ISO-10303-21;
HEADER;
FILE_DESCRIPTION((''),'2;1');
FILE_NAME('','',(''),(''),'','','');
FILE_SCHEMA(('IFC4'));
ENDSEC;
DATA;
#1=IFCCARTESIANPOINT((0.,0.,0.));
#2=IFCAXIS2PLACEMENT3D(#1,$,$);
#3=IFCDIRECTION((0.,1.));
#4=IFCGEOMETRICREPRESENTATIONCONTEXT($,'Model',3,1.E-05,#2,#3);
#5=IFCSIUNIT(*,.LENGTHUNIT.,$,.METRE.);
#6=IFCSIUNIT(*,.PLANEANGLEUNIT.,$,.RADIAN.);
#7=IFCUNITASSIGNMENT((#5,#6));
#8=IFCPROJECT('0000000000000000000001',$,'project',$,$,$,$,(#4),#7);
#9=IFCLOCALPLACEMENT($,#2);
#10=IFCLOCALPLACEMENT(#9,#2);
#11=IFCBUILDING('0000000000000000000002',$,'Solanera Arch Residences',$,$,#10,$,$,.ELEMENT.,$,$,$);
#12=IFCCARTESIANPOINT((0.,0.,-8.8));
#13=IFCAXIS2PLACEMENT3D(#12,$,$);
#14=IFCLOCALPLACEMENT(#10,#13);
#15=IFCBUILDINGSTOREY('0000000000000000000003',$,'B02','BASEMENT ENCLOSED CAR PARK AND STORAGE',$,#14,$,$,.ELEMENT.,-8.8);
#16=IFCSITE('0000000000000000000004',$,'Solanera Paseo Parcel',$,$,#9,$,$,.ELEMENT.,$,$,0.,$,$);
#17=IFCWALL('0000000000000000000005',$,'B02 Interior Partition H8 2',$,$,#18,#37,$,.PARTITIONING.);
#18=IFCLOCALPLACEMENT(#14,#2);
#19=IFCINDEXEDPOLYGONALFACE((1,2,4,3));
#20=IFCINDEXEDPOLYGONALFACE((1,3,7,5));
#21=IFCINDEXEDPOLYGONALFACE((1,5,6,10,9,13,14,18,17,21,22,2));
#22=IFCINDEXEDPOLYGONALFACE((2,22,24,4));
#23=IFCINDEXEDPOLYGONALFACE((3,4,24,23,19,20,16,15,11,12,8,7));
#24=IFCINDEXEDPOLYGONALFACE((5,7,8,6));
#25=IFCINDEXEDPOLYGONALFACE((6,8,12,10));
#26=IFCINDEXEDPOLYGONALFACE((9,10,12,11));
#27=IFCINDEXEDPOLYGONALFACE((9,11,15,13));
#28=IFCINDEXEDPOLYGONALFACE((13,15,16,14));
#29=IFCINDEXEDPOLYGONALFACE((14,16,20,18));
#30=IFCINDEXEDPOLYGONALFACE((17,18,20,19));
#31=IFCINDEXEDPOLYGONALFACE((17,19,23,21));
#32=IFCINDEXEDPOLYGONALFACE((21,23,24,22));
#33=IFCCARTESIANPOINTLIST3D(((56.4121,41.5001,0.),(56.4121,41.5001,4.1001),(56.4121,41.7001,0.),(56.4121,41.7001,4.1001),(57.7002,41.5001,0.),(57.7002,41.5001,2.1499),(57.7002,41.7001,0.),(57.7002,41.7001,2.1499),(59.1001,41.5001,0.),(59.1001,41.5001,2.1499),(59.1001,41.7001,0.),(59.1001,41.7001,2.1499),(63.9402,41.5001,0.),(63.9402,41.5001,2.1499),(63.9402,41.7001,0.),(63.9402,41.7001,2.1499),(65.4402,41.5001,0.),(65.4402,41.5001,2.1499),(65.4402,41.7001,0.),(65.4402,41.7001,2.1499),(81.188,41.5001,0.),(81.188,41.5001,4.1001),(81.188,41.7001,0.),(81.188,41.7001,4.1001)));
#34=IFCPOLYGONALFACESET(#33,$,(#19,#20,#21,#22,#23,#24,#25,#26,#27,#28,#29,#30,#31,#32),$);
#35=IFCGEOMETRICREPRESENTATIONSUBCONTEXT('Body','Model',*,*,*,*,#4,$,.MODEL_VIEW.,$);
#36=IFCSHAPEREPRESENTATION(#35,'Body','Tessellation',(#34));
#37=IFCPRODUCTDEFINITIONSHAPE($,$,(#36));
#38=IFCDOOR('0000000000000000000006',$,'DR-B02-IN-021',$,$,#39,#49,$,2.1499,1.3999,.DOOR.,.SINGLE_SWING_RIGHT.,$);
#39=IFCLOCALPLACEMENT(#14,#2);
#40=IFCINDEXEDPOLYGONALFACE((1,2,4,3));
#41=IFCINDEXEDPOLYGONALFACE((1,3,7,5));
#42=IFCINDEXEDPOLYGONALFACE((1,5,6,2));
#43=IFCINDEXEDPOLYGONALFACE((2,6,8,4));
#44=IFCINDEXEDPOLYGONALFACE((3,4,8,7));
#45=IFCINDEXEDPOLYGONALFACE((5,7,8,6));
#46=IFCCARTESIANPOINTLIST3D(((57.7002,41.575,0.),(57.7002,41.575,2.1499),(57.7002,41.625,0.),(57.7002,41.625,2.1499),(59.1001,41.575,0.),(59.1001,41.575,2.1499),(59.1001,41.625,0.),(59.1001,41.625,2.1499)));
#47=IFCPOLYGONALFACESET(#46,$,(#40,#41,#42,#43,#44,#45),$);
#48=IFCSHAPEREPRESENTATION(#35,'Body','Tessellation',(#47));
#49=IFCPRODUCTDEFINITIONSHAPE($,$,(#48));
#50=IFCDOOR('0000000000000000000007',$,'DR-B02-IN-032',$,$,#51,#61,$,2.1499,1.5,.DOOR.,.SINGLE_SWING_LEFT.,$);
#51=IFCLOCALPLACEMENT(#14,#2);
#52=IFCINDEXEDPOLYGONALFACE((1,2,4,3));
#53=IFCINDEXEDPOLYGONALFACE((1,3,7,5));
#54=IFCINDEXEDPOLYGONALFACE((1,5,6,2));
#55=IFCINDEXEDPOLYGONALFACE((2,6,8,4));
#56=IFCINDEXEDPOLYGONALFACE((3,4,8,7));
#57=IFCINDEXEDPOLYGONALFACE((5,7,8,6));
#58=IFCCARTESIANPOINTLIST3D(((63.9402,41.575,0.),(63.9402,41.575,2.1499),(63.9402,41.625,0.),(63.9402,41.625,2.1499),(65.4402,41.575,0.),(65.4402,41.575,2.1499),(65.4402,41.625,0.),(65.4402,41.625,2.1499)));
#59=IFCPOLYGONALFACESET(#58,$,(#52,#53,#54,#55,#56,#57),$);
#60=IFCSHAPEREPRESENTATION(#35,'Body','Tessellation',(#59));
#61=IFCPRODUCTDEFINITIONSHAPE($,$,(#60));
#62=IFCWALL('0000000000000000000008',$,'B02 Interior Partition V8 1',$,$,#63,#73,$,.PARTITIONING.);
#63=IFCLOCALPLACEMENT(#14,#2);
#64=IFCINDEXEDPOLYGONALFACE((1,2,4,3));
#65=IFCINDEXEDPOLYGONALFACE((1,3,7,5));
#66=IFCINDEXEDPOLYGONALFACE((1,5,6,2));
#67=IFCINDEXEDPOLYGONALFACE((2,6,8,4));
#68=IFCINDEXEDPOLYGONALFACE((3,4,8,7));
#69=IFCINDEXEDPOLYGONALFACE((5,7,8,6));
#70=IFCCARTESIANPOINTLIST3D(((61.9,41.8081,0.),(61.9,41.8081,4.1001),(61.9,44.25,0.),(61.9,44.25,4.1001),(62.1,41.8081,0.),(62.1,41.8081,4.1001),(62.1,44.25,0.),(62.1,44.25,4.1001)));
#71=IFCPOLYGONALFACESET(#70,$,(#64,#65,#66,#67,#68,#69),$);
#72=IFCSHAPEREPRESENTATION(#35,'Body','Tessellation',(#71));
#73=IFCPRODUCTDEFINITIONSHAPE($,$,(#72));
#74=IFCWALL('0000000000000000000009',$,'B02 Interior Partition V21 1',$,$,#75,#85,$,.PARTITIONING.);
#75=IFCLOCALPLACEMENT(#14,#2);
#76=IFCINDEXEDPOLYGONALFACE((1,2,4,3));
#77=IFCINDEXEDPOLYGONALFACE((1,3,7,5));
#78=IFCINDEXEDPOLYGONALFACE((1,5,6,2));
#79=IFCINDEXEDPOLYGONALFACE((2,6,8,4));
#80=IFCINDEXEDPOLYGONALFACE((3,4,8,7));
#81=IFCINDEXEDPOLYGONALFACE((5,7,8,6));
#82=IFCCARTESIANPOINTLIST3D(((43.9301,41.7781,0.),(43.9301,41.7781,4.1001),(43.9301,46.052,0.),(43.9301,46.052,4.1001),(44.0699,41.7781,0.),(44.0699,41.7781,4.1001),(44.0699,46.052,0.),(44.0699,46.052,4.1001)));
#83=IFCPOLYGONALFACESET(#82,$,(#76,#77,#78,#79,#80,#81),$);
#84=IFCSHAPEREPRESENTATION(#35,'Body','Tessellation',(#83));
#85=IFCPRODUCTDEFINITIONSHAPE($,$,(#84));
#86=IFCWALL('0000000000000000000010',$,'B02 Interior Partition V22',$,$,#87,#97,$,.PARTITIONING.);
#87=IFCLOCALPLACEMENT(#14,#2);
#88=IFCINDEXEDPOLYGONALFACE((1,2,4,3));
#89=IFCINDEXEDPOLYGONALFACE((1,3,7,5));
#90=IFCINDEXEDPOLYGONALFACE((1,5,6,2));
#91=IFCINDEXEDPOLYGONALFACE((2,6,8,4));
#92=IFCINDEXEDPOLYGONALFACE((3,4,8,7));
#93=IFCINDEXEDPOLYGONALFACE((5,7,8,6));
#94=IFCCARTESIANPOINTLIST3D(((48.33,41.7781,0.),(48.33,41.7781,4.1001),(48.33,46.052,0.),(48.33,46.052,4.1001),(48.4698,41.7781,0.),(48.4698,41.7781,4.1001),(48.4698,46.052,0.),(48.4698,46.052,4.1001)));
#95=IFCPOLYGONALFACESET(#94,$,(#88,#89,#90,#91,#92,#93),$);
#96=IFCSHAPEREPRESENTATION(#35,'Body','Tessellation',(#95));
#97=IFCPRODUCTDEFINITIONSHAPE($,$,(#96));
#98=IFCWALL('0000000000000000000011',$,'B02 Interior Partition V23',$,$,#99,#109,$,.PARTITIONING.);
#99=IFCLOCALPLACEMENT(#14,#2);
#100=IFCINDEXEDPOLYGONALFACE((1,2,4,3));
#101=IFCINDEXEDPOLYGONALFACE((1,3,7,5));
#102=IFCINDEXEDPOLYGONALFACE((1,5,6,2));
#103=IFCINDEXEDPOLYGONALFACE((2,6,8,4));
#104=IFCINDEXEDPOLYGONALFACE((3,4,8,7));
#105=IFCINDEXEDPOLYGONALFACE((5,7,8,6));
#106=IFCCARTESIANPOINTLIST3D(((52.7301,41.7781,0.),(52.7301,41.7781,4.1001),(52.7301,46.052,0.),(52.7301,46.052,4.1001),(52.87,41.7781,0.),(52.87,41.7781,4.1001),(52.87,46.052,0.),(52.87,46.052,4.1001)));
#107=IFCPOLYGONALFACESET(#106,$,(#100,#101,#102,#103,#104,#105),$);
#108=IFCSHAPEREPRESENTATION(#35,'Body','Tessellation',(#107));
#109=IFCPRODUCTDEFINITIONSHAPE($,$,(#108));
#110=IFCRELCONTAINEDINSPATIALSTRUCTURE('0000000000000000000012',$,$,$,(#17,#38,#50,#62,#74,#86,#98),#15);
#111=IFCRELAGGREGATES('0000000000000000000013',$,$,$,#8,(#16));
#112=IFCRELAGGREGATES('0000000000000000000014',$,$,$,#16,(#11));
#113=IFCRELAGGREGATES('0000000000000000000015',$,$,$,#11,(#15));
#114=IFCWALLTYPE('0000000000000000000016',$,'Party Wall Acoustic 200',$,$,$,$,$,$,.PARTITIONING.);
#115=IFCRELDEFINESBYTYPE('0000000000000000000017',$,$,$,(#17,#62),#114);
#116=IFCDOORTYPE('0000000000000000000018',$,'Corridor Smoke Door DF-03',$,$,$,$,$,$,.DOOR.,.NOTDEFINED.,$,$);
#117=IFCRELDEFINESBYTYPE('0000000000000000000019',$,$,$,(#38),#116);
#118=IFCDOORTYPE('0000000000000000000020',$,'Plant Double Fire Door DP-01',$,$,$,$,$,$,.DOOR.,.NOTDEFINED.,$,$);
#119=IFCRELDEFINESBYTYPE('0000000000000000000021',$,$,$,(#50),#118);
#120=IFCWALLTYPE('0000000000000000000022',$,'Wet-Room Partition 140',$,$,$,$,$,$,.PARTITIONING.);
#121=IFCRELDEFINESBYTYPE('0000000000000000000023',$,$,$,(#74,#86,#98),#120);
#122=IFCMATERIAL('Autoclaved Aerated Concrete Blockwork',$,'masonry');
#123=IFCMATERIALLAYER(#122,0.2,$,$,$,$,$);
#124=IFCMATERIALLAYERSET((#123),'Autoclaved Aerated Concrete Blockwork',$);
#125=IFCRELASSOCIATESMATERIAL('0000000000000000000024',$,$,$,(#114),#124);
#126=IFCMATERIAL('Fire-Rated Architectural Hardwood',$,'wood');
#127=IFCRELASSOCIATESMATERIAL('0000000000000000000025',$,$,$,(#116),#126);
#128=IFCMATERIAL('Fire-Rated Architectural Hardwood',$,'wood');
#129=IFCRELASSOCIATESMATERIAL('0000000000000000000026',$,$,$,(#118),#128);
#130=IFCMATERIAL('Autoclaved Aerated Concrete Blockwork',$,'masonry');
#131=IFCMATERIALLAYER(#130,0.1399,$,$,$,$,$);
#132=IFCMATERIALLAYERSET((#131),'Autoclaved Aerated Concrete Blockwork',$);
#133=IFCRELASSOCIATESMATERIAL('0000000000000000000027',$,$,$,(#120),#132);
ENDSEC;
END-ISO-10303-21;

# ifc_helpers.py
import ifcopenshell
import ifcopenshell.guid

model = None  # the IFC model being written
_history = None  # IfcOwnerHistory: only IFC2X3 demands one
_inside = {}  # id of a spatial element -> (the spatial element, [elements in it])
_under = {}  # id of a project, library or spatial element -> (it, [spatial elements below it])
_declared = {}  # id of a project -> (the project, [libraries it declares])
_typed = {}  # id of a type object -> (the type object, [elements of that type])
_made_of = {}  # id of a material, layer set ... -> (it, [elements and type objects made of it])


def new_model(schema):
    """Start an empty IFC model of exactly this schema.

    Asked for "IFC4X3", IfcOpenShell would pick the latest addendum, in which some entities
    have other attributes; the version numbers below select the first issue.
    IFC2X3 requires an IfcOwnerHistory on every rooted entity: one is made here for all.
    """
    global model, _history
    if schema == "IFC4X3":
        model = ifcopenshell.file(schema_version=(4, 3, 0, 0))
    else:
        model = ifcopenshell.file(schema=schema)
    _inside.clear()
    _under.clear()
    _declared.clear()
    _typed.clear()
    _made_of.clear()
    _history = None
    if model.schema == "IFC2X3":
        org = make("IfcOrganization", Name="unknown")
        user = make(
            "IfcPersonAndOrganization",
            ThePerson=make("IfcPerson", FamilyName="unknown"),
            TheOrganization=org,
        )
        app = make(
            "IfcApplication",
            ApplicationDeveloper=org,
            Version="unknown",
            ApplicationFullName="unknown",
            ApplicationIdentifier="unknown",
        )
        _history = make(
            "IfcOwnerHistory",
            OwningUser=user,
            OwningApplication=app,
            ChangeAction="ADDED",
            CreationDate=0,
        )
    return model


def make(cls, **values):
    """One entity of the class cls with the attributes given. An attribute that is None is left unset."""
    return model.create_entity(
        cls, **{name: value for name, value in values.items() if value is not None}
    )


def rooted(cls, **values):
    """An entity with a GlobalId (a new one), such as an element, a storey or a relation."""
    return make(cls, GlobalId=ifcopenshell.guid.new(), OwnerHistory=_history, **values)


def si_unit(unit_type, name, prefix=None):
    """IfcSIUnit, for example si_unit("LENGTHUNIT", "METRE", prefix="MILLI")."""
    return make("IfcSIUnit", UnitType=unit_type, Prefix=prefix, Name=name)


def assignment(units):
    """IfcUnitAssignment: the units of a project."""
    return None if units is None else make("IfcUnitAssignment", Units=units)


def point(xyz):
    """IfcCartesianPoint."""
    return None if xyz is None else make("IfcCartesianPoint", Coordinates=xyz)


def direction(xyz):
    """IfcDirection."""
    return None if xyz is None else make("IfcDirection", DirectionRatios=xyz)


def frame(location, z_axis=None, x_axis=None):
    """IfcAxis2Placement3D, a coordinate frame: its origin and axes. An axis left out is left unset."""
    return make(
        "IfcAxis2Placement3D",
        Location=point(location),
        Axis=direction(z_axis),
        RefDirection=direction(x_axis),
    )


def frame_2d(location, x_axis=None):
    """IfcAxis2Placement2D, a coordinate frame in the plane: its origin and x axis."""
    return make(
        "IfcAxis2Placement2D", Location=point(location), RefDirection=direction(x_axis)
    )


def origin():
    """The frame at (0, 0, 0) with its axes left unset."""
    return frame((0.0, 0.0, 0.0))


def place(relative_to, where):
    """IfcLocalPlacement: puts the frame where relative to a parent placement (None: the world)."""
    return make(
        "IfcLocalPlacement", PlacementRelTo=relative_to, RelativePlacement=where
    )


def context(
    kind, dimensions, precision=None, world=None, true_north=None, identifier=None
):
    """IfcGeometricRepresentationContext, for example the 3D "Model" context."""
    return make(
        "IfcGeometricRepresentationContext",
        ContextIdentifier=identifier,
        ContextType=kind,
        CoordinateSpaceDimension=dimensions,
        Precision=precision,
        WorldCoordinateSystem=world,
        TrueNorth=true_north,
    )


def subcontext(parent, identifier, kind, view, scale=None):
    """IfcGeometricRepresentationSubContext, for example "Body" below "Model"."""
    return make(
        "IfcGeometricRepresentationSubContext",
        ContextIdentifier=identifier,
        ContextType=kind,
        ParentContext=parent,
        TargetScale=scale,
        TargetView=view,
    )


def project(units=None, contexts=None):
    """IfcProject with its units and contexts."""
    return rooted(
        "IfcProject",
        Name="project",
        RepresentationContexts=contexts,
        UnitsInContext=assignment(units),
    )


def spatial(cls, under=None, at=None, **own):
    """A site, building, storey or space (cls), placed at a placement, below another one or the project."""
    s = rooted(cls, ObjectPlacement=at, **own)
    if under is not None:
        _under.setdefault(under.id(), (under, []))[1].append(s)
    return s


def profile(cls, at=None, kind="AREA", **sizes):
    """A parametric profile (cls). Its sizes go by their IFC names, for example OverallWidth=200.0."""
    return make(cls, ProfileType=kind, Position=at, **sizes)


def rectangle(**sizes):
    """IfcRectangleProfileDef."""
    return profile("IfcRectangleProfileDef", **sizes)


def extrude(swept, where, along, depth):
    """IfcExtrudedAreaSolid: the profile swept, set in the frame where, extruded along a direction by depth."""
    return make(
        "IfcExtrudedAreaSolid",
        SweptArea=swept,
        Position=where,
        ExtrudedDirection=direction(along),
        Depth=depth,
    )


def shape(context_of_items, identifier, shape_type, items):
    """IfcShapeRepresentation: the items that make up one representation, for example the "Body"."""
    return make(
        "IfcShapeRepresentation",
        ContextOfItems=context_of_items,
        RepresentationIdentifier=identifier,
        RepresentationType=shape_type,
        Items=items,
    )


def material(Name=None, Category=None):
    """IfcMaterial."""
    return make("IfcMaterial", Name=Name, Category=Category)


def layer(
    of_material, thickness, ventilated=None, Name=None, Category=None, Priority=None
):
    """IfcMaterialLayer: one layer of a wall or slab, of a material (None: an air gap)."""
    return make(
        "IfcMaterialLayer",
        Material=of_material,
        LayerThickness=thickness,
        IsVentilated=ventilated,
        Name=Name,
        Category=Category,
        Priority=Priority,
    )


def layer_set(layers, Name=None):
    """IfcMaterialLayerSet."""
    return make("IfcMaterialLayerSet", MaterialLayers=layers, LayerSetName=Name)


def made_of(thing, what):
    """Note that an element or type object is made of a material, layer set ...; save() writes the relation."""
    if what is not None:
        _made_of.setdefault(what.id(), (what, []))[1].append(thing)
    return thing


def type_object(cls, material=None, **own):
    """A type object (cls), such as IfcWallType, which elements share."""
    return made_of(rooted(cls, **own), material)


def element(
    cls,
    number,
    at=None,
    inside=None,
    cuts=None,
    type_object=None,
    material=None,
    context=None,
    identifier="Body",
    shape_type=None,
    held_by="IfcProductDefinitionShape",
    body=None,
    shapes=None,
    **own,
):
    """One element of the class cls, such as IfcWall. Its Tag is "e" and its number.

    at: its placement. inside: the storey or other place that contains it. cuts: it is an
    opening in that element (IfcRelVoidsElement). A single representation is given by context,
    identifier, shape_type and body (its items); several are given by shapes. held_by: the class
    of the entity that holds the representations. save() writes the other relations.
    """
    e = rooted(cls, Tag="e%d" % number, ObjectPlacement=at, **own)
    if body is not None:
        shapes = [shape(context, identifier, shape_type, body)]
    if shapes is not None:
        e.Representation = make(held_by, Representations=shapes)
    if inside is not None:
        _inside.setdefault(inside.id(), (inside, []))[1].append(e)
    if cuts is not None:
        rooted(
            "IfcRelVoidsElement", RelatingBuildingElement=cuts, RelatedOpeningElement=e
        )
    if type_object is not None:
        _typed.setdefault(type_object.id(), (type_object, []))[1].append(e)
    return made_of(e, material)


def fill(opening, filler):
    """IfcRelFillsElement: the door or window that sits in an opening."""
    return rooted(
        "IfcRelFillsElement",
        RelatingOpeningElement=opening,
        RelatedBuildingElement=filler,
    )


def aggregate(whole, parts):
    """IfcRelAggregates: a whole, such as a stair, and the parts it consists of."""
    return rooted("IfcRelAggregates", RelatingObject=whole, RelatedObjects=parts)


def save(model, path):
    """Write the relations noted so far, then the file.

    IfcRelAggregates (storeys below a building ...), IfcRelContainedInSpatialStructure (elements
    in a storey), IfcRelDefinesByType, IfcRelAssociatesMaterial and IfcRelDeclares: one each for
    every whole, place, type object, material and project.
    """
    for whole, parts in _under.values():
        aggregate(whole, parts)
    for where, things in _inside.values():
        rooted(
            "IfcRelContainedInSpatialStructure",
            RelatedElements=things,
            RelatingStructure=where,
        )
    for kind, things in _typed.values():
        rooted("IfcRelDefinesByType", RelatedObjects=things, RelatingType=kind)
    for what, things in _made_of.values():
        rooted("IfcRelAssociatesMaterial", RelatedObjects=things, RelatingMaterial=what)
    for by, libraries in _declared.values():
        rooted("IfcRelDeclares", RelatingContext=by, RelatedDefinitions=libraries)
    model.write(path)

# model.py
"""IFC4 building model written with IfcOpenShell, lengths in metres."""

from ifc_helpers import new_model, si_unit, direction, frame, frame_2d, origin, place, context, subcontext, project, spatial, rectangle, extrude, material, layer, layer_set, type_object, element, fill, save


model = new_model("IFC4")

# Units and contexts
model_context = context("Model", 3, precision=1e-05, world=origin(), true_north=direction((0.0, 1.0)))
body_context = subcontext(model_context, "Body", "Model", "MODEL_VIEW")
ifc_project = project(units=[si_unit("LENGTHUNIT", "METRE"), si_unit("PLANEANGLEUNIT", "RADIAN")], contexts=[model_context])

# Site, building, storey
site_placement = place(None, origin())
site = spatial("IfcSite", under=ifc_project, at=site_placement, Name="Solanera Paseo Parcel", CompositionType="ELEMENT", RefElevation=0.0)
building_placement = place(site_placement, origin())
building = spatial("IfcBuilding", under=site, at=building_placement, Name="Solanera Arch Residences", CompositionType="ELEMENT")
storey_placement = place(building_placement, frame((0.0, 0.0, -8.8)))
storey = spatial("IfcBuildingStorey", under=building, at=storey_placement, Name="B02", Description="BASEMENT ENCLOSED CAR PARK AND STORAGE", CompositionType="ELEMENT", Elevation=-8.8)

# Wall, openings, doors
ifc_material_1 = material(Name="Autoclaved Aerated Concrete Blockwork", Category="masonry")
ifc_layer_1 = layer(ifc_material_1, 0.2)
ifc_layer_set_1 = layer_set([ifc_layer_1], Name="Autoclaved Aerated Concrete Blockwork")
wall_type_1 = type_object("IfcWallType", Name="Party Wall Acoustic 200", PredefinedType="PARTITIONING", material=ifc_layer_set_1)
wall_1_placement = place(storey_placement, frame((56.4121, 41.6001, 0.0), z_axis=(0.0, 0.0, 1.0), x_axis=(1.0, 0.0, 0.0)))
wall_1 = element("IfcWall", 1, at=wall_1_placement, inside=storey, type_object=wall_type_1, Name="B02 Interior Partition H8 2", PredefinedType="PARTITIONING", context=body_context, shape_type="SweptSolid", body=[
    extrude(rectangle(XDim=24.7759, YDim=0.2, at=frame_2d((12.3879, 0.0))), origin(), (0.0, 0.0, 1.0), 4.1001),
])
opening_1_placement = place(wall_1_placement, frame((1.2881, 0.0, 0.0)))
opening_1 = element("IfcOpeningElement", 2, at=opening_1_placement, cuts=wall_1, PredefinedType="OPENING", context=body_context, shape_type="SweptSolid", body=[
    extrude(rectangle(XDim=1.3999, YDim=2.1499, at=frame_2d((0.7, 1.075))), frame((0.0, 0.1101, 0.0), z_axis=(0.0, -1.0, 0.0), x_axis=(1.0, 0.0, 0.0)), (0.0, 0.0, 1.0), 0.22),
])
opening_2_placement = place(wall_1_placement, frame((7.5281, 0.0, 0.0)))
opening_2 = element("IfcOpeningElement", 3, at=opening_2_placement, cuts=wall_1, PredefinedType="OPENING", context=body_context, shape_type="SweptSolid", body=[
    extrude(rectangle(XDim=1.5, YDim=2.1499, at=frame_2d((0.75, 1.075))), frame((0.0, 0.1101, 0.0), z_axis=(0.0, -1.0, 0.0), x_axis=(1.0, 0.0, 0.0)), (0.0, 0.0, 1.0), 0.22),
])
ifc_material_2 = material(Name="Fire-Rated Architectural Hardwood", Category="wood")
door_type_1 = type_object("IfcDoorType", Name="Corridor Smoke Door DF-03", OperationType="NOTDEFINED", PredefinedType="DOOR", material=ifc_material_2)
door_1_placement = place(opening_1_placement, origin())
door_1 = element("IfcDoor", 4, at=door_1_placement, inside=storey, type_object=door_type_1, Name="DR-B02-IN-021", OperationType="SINGLE_SWING_RIGHT", OverallHeight=2.1499, OverallWidth=1.3999, PredefinedType="DOOR", context=body_context, shape_type="SweptSolid", body=[
    extrude(rectangle(XDim=1.3999, YDim=2.1499, at=frame_2d((0.7, 1.075))), frame((0.0, 0.0249, 0.0), z_axis=(0.0, -1.0, 0.0), x_axis=(1.0, 0.0, 0.0)), (0.0, 0.0, 1.0), 0.05),
])
fill(opening_1, door_1)
ifc_material_3 = material(Name="Fire-Rated Architectural Hardwood", Category="wood")
door_type_2 = type_object("IfcDoorType", Name="Plant Double Fire Door DP-01", OperationType="NOTDEFINED", PredefinedType="DOOR", material=ifc_material_3)
door_2_placement = place(opening_2_placement, origin())
door_2 = element("IfcDoor", 5, at=door_2_placement, inside=storey, type_object=door_type_2, Name="DR-B02-IN-032", OperationType="SINGLE_SWING_LEFT", OverallHeight=2.1499, OverallWidth=1.5, PredefinedType="DOOR", context=body_context, shape_type="SweptSolid", body=[
    extrude(rectangle(XDim=1.5, YDim=2.1499, at=frame_2d((0.75, 1.075))), frame((0.0, 0.0249, 0.0), z_axis=(0.0, -1.0, 0.0), x_axis=(1.0, 0.0, 0.0)), (0.0, 0.0, 1.0), 0.05),
])
fill(opening_2, door_2)

# Walls
wall_2_placement = place(storey_placement, frame((62.0, 41.8081, 0.0), z_axis=(0.0, 0.0, 1.0), x_axis=(0.0, 1.0, 0.0)))
element("IfcWall", 6, at=wall_2_placement, inside=storey, type_object=wall_type_1, Name="B02 Interior Partition V8 1", PredefinedType="PARTITIONING", context=body_context, shape_type="SweptSolid", body=[
    extrude(rectangle(XDim=2.4419, YDim=0.2, at=frame_2d((1.2209, 0.0))), origin(), (0.0, 0.0, 1.0), 4.1001),
])
ifc_material_4 = material(Name="Autoclaved Aerated Concrete Blockwork", Category="masonry")
ifc_layer_2 = layer(ifc_material_4, 0.1399)
ifc_layer_set_2 = layer_set([ifc_layer_2], Name="Autoclaved Aerated Concrete Blockwork")
wall_type_2 = type_object("IfcWallType", Name="Wet-Room Partition 140", PredefinedType="PARTITIONING", material=ifc_layer_set_2)
for number, where, z_axis, x_axis, name in (
    (7, (44.0, 41.7781, 0.0), (0.0, 0.0, 1.0), (0.0, 1.0, 0.0), "B02 Interior Partition V21 1"),
    (8, (48.3999, 41.7781, 0.0), (0.0, 0.0, 1.0), (0.0, 1.0, 0.0), "B02 Interior Partition V22"),
    (9, (52.8, 41.7781, 0.0), (0.0, 0.0, 1.0), (0.0, 1.0, 0.0), "B02 Interior Partition V23"),
):
    element("IfcWall", number, at=place(storey_placement, frame(where, z_axis=z_axis, x_axis=x_axis)), inside=storey, type_object=wall_type_2, Name=name, PredefinedType="PARTITIONING", context=body_context, shape_type="SweptSolid", body=[
        extrude(rectangle(XDim=4.2739, YDim=0.1399, at=frame_2d((2.137, 0.0))), origin(), (0.0, 0.0, 1.0), 4.1001),
    ])

save(model, "model.ifc")
